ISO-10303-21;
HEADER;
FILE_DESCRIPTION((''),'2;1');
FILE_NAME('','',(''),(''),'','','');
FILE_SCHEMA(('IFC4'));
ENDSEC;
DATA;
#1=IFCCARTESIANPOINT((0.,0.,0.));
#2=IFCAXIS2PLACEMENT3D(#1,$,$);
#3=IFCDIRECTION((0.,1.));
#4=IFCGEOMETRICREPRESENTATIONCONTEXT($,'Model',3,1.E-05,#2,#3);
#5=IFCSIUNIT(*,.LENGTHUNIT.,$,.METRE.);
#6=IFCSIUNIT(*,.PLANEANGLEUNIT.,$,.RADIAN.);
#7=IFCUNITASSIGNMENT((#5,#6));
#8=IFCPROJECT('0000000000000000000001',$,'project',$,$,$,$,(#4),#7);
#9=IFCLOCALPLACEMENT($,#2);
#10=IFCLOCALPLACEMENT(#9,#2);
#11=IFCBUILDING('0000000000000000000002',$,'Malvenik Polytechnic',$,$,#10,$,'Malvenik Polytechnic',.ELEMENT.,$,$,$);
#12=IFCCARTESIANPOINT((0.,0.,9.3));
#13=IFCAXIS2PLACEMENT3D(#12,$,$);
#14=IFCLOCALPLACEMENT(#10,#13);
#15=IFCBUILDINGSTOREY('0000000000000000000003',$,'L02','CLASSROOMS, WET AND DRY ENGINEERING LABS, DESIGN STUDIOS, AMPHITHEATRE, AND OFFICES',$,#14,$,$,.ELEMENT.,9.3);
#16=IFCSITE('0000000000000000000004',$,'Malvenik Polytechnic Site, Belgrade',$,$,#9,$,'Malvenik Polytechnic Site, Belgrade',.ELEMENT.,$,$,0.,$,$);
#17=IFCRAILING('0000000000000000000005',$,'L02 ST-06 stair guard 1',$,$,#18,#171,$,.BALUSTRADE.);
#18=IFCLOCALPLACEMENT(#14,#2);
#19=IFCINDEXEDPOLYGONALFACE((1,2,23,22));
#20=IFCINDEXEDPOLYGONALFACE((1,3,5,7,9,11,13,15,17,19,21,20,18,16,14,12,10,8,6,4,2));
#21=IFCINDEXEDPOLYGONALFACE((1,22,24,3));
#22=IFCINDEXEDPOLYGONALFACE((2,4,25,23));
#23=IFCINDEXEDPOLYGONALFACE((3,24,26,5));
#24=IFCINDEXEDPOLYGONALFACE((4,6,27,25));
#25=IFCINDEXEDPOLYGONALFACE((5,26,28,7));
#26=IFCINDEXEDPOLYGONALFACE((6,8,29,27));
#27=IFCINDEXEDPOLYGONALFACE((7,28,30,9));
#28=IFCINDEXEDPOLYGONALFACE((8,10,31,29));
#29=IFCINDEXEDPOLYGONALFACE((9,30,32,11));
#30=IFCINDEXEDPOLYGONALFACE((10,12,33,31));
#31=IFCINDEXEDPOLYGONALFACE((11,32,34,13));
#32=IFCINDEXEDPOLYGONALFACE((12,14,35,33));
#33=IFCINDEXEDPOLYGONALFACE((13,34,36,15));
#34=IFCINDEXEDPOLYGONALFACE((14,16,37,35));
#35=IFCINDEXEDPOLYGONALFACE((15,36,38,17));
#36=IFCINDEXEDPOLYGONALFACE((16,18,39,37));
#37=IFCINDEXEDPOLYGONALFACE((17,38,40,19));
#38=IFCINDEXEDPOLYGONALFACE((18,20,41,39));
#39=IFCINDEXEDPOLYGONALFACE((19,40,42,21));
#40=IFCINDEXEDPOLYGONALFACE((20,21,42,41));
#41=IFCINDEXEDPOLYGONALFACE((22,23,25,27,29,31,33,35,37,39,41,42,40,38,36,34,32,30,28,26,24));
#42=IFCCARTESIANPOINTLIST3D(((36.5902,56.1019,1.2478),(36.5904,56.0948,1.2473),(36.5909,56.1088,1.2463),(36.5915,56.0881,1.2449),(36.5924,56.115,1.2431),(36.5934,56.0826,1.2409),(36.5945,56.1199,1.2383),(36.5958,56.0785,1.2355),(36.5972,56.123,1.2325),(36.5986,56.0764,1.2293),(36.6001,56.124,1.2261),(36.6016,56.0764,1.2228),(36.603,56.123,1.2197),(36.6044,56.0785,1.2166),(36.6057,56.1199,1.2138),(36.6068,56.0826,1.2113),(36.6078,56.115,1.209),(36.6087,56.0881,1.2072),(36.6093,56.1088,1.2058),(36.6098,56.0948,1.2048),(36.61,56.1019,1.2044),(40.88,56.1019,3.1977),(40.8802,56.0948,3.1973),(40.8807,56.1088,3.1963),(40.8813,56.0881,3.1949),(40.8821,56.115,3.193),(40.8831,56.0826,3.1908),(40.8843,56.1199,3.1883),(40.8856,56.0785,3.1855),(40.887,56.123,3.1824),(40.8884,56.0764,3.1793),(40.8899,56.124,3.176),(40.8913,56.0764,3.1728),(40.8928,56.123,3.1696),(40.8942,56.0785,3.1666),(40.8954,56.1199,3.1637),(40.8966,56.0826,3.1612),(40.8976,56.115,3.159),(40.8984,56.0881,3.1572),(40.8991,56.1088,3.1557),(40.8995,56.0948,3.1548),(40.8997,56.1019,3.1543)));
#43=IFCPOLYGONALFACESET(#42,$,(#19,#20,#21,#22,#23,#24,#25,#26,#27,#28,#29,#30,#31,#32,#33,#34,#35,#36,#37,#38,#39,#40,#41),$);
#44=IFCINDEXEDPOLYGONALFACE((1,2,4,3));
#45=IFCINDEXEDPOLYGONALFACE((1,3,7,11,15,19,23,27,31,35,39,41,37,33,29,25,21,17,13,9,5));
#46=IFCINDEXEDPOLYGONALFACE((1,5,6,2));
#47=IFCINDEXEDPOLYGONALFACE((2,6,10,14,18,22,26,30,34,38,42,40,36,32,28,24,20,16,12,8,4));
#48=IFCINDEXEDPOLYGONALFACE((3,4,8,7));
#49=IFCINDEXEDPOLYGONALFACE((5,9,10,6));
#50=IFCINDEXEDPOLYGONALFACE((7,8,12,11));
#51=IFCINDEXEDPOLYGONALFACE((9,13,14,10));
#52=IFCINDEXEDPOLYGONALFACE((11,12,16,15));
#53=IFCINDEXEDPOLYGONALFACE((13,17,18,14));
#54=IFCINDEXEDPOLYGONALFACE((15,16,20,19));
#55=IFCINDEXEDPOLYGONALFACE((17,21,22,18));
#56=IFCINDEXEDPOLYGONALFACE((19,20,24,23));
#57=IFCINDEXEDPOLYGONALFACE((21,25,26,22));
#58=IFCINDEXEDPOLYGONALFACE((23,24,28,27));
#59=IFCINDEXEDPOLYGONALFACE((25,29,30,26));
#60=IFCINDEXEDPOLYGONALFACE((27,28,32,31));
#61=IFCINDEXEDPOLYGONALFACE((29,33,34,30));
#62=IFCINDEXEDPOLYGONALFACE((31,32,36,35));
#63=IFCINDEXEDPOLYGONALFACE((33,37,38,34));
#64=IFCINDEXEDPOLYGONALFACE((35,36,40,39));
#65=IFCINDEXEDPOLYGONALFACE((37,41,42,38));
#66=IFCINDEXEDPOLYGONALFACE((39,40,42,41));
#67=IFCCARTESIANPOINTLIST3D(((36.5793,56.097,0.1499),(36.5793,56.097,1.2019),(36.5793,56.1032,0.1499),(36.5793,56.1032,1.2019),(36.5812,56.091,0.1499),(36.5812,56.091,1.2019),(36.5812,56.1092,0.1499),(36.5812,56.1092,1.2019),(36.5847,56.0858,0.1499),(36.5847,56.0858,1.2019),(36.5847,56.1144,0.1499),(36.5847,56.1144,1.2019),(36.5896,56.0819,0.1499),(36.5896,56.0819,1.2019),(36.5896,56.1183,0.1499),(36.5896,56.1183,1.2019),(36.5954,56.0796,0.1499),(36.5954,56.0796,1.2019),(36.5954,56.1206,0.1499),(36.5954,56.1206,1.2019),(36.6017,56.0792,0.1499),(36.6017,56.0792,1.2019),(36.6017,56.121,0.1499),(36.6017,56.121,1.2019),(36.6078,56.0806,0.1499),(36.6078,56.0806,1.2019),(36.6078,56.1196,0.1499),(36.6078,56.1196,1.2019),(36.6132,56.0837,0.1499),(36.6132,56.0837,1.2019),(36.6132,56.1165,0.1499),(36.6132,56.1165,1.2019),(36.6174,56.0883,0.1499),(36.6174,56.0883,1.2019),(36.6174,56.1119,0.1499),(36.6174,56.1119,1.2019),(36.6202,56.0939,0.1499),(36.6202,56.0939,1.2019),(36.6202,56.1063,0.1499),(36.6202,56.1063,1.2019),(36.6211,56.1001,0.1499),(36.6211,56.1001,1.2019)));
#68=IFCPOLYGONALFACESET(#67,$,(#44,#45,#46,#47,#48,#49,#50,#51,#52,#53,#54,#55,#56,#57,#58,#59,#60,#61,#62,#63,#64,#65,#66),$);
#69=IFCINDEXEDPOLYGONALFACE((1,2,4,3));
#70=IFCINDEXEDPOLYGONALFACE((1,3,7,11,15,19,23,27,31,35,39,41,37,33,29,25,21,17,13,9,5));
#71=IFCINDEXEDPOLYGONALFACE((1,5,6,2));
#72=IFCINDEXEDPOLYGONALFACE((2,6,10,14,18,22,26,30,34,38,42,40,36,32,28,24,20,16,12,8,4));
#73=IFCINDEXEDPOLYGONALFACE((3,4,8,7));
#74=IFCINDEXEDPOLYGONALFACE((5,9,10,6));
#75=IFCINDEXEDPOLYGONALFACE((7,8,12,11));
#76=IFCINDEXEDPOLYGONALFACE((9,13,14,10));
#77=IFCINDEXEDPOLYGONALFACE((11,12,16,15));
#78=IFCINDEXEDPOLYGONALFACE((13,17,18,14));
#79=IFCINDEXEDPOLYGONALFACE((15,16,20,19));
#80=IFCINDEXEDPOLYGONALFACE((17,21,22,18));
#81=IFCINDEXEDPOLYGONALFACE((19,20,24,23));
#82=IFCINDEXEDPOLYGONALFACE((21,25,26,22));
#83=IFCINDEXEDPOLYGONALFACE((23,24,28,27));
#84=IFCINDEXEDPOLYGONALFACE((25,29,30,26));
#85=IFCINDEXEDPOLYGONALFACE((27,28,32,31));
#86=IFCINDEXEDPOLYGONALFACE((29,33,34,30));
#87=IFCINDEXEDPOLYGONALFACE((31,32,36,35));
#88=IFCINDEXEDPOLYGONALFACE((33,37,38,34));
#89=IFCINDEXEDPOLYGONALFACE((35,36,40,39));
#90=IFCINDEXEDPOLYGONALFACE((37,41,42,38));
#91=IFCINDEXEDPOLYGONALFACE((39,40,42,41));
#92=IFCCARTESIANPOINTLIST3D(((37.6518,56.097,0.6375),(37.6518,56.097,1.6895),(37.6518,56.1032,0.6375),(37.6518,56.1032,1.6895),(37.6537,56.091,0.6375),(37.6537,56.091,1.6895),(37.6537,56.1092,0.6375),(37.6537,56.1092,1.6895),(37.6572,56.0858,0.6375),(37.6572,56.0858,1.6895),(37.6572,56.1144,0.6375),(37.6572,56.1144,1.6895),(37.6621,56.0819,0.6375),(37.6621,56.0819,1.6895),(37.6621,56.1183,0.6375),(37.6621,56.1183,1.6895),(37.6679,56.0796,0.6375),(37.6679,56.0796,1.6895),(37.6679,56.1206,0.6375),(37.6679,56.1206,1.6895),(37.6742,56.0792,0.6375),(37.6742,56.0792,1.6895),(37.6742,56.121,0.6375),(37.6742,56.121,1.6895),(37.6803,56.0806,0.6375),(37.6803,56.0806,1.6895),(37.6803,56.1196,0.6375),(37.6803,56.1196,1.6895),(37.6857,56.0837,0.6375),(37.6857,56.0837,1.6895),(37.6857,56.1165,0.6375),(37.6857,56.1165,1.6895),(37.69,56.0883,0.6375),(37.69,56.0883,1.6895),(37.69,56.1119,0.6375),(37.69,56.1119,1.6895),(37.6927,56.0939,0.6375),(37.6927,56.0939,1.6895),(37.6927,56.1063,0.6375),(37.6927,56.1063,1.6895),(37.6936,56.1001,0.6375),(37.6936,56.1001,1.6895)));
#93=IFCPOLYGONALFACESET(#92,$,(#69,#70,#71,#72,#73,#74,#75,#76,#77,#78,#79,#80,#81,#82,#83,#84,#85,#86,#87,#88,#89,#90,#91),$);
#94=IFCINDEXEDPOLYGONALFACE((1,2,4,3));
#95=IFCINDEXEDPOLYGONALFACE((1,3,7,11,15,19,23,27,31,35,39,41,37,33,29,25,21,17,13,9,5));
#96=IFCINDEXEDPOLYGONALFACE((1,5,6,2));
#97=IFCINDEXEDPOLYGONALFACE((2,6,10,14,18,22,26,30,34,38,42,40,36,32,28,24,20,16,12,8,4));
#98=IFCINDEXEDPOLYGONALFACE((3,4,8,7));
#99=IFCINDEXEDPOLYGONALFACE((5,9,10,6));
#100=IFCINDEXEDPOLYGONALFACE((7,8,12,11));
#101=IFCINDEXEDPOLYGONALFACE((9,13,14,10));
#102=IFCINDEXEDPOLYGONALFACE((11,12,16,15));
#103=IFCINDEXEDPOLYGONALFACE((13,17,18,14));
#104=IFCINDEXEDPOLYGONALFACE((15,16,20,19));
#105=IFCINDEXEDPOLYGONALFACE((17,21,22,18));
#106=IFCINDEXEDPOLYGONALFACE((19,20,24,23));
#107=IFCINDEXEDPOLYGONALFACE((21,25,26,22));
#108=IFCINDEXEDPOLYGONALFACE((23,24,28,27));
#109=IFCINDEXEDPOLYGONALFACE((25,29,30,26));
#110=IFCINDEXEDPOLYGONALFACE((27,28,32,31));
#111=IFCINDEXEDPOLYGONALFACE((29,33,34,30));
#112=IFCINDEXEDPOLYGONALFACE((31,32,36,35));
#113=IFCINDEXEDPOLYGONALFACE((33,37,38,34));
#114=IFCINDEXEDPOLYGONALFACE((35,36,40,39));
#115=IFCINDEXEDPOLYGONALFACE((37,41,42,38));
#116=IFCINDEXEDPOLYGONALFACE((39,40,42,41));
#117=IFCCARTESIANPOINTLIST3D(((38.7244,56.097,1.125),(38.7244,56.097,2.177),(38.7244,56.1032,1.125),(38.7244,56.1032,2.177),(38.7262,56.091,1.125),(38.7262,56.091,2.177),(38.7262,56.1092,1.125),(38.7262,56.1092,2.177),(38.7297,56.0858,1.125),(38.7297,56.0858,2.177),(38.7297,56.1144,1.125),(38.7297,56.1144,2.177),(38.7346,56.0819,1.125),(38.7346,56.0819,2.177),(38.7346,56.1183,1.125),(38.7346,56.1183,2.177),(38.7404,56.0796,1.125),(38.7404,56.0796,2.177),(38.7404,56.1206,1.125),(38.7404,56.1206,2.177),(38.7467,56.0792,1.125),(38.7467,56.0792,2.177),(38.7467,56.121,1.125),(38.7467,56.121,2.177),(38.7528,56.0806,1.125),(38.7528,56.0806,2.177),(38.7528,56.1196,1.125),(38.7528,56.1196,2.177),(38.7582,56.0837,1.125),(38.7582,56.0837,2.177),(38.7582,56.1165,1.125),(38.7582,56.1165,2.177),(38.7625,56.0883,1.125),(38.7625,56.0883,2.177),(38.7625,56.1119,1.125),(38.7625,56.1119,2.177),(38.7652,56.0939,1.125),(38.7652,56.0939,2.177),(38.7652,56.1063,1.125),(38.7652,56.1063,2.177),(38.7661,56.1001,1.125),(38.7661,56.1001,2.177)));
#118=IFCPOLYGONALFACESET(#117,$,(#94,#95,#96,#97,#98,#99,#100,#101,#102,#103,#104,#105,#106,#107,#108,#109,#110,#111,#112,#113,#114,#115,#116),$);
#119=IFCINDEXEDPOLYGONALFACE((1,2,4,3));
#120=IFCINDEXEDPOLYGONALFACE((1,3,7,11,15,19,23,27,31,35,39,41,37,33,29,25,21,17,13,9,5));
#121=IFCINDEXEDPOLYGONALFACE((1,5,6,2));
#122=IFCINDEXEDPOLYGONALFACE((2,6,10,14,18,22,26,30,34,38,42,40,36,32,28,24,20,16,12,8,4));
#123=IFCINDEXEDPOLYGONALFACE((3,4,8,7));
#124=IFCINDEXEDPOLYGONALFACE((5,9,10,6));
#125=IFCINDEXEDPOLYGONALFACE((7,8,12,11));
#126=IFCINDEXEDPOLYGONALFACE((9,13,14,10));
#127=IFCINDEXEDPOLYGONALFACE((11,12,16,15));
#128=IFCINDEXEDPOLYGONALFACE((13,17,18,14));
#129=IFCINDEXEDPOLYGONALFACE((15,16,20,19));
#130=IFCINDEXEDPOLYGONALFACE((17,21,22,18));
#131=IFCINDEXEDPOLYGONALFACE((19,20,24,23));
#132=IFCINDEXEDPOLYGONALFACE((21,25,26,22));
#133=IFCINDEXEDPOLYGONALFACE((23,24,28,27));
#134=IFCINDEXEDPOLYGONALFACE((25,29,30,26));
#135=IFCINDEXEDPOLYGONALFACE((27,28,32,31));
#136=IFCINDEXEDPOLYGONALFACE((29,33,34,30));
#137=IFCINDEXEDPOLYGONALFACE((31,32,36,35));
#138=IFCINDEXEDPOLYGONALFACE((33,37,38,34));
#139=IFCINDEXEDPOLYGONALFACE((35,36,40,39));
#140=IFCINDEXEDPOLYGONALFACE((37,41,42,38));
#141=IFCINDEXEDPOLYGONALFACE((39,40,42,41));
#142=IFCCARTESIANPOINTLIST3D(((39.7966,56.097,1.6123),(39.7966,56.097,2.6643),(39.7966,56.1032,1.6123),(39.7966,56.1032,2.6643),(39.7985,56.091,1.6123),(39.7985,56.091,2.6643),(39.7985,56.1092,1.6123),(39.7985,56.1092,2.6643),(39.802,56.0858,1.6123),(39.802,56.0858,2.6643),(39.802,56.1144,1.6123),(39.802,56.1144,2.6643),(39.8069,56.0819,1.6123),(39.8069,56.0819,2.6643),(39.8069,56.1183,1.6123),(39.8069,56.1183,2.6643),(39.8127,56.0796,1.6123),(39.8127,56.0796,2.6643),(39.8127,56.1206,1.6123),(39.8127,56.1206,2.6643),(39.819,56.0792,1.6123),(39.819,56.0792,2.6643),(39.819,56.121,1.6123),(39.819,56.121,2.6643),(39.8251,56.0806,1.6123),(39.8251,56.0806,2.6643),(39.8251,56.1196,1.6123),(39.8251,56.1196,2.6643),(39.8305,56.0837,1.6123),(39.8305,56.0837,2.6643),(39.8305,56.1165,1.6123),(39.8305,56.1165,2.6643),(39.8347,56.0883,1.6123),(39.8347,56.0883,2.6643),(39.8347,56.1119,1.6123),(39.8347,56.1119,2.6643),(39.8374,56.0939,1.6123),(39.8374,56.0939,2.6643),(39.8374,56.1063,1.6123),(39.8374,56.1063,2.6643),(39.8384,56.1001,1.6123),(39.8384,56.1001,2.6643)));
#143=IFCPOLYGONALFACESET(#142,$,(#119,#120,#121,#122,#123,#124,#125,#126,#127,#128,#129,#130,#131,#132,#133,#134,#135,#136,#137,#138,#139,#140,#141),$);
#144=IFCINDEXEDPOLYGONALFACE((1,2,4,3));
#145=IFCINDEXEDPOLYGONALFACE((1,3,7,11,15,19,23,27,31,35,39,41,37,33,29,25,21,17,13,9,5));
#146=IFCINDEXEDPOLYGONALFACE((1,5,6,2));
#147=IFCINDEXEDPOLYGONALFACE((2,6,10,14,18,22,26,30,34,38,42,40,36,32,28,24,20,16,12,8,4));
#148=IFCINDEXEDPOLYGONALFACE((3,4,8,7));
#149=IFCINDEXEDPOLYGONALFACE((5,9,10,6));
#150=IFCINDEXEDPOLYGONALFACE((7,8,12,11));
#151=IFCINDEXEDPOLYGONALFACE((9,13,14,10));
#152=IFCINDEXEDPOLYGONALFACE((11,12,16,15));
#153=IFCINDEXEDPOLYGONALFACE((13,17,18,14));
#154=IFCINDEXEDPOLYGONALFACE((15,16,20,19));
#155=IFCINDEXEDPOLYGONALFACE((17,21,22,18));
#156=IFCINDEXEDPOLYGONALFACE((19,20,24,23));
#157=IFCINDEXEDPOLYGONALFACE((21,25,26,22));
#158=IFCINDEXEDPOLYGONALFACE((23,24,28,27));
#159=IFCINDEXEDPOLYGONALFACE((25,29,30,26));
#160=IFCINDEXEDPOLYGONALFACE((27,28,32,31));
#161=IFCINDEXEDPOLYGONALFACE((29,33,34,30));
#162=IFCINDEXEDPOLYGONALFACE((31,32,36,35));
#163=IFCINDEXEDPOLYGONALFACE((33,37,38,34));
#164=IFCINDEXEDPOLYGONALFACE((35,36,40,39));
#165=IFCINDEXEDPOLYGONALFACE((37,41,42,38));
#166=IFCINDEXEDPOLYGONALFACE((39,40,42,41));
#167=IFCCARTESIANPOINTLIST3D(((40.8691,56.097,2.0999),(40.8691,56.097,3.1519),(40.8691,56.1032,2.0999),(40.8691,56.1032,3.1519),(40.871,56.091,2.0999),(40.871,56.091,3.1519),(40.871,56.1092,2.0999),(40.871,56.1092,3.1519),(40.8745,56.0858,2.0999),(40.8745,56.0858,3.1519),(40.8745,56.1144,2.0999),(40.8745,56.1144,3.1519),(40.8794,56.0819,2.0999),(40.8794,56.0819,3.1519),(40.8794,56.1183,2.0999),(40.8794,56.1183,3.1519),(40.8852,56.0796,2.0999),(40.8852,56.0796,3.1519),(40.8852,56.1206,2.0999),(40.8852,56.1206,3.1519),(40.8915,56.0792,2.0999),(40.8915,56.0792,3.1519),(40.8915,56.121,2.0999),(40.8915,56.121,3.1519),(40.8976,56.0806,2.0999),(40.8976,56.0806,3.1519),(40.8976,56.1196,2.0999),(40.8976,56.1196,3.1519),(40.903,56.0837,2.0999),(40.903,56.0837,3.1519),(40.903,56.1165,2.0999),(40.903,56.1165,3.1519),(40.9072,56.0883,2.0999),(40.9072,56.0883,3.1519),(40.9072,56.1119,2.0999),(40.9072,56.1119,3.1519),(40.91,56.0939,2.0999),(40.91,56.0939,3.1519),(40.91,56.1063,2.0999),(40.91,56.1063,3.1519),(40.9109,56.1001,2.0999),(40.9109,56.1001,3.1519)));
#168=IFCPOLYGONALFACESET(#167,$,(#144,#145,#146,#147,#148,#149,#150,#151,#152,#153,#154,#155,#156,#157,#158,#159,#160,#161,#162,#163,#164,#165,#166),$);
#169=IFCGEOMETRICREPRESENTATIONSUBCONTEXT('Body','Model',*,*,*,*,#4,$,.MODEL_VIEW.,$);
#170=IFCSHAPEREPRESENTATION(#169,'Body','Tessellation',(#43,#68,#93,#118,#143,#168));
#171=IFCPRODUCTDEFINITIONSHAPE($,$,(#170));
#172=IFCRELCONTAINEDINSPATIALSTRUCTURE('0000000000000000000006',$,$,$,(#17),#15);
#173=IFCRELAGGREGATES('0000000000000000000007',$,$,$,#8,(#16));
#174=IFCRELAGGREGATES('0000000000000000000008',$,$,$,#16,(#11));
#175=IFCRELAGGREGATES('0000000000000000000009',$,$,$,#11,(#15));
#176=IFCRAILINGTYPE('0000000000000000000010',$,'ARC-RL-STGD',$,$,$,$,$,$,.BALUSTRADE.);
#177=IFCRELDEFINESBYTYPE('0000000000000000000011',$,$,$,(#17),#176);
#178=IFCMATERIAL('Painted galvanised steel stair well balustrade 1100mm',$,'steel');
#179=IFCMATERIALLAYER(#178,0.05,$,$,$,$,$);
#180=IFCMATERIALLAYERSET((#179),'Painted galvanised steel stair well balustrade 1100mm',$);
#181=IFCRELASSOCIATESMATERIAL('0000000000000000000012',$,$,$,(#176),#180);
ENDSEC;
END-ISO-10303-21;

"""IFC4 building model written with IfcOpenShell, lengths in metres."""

from ifc_helpers import new_model, si_unit, direction, frame, origin, origin_2d, place, context, subcontext, project, spatial, circle, extrude, material, layer, layer_set, type_object, element, save


model = new_model("IFC4")

# Units and contexts
model_context = context("Model", 3, precision=1e-05, world=origin(), true_north=direction((0.0, 1.0)))
body_context = subcontext(model_context, "Body", "Model", "MODEL_VIEW")
ifc_project = project(units=[si_unit("LENGTHUNIT", "METRE"), si_unit("PLANEANGLEUNIT", "RADIAN")], contexts=[model_context])

# Site, building, storey
site_placement = place(None, origin())
site = spatial("IfcSite", under=ifc_project, at=site_placement, Name="Malvenik Polytechnic Site, Belgrade", LongName="Malvenik Polytechnic Site, Belgrade", CompositionType="ELEMENT", RefElevation=0.0)
building_placement = place(site_placement, origin())
building = spatial("IfcBuilding", under=site, at=building_placement, Name="Malvenik Polytechnic", LongName="Malvenik Polytechnic", CompositionType="ELEMENT")
storey_placement = place(building_placement, frame((0.0, 0.0, 9.3)))
storey = spatial("IfcBuildingStorey", under=building, at=storey_placement, Name="L02", Description="CLASSROOMS, WET AND DRY ENGINEERING LABS, DESIGN STUDIOS, AMPHITHEATRE, AND OFFICES", CompositionType="ELEMENT", Elevation=9.3)

# Railing
ifc_material_1 = material(Name="Painted galvanised steel stair well balustrade 1100mm", Category="steel")
ifc_layer_1 = layer(ifc_material_1, 0.05)
ifc_layer_set_1 = layer_set([ifc_layer_1], Name="Painted galvanised steel stair well balustrade 1100mm")
railing_type_1 = type_object("IfcRailingType", Name="ARC-RL-STGD", PredefinedType="BALUSTRADE", material=ifc_layer_set_1)
railing_1_placement = place(storey_placement, frame((36.6001, 56.1001, 0.1499)))
element("IfcRailing", 1, at=railing_1_placement, inside=storey, type_object=railing_type_1, Name="L02 ST-06 stair guard 1", PredefinedType="BALUSTRADE", context=body_context, shape_type="SweptSolid", body=[
    extrude(circle(Radius=0.0239, at=origin_2d()), frame((0.0, 0.0, 1.0762), z_axis=(0.910363, 0.0, 0.413811), x_axis=(0.0, 1.0, 0.0)), (0.0, 0.0, 1.0), 4.7122),
    extrude(circle(Radius=0.021, at=origin_2d()), origin(), (0.0, 0.0, 1.0), 1.052),
    extrude(circle(Radius=0.021, at=origin_2d()), frame((1.0725, 0.0, 0.4875)), (0.0, 0.0, 1.0), 1.052),
    extrude(circle(Radius=0.021, at=origin_2d()), frame((2.145, 0.0, 0.9751)), (0.0, 0.0, 1.0), 1.052),
    extrude(circle(Radius=0.021, at=origin_2d()), frame((3.2173, 0.0, 1.4624)), (0.0, 0.0, 1.0), 1.052),
    extrude(circle(Radius=0.021, at=origin_2d()), frame((4.2898, 0.0, 1.95)), (0.0, 0.0, 1.0), 1.052),
])

save(model, "model.ifc")
